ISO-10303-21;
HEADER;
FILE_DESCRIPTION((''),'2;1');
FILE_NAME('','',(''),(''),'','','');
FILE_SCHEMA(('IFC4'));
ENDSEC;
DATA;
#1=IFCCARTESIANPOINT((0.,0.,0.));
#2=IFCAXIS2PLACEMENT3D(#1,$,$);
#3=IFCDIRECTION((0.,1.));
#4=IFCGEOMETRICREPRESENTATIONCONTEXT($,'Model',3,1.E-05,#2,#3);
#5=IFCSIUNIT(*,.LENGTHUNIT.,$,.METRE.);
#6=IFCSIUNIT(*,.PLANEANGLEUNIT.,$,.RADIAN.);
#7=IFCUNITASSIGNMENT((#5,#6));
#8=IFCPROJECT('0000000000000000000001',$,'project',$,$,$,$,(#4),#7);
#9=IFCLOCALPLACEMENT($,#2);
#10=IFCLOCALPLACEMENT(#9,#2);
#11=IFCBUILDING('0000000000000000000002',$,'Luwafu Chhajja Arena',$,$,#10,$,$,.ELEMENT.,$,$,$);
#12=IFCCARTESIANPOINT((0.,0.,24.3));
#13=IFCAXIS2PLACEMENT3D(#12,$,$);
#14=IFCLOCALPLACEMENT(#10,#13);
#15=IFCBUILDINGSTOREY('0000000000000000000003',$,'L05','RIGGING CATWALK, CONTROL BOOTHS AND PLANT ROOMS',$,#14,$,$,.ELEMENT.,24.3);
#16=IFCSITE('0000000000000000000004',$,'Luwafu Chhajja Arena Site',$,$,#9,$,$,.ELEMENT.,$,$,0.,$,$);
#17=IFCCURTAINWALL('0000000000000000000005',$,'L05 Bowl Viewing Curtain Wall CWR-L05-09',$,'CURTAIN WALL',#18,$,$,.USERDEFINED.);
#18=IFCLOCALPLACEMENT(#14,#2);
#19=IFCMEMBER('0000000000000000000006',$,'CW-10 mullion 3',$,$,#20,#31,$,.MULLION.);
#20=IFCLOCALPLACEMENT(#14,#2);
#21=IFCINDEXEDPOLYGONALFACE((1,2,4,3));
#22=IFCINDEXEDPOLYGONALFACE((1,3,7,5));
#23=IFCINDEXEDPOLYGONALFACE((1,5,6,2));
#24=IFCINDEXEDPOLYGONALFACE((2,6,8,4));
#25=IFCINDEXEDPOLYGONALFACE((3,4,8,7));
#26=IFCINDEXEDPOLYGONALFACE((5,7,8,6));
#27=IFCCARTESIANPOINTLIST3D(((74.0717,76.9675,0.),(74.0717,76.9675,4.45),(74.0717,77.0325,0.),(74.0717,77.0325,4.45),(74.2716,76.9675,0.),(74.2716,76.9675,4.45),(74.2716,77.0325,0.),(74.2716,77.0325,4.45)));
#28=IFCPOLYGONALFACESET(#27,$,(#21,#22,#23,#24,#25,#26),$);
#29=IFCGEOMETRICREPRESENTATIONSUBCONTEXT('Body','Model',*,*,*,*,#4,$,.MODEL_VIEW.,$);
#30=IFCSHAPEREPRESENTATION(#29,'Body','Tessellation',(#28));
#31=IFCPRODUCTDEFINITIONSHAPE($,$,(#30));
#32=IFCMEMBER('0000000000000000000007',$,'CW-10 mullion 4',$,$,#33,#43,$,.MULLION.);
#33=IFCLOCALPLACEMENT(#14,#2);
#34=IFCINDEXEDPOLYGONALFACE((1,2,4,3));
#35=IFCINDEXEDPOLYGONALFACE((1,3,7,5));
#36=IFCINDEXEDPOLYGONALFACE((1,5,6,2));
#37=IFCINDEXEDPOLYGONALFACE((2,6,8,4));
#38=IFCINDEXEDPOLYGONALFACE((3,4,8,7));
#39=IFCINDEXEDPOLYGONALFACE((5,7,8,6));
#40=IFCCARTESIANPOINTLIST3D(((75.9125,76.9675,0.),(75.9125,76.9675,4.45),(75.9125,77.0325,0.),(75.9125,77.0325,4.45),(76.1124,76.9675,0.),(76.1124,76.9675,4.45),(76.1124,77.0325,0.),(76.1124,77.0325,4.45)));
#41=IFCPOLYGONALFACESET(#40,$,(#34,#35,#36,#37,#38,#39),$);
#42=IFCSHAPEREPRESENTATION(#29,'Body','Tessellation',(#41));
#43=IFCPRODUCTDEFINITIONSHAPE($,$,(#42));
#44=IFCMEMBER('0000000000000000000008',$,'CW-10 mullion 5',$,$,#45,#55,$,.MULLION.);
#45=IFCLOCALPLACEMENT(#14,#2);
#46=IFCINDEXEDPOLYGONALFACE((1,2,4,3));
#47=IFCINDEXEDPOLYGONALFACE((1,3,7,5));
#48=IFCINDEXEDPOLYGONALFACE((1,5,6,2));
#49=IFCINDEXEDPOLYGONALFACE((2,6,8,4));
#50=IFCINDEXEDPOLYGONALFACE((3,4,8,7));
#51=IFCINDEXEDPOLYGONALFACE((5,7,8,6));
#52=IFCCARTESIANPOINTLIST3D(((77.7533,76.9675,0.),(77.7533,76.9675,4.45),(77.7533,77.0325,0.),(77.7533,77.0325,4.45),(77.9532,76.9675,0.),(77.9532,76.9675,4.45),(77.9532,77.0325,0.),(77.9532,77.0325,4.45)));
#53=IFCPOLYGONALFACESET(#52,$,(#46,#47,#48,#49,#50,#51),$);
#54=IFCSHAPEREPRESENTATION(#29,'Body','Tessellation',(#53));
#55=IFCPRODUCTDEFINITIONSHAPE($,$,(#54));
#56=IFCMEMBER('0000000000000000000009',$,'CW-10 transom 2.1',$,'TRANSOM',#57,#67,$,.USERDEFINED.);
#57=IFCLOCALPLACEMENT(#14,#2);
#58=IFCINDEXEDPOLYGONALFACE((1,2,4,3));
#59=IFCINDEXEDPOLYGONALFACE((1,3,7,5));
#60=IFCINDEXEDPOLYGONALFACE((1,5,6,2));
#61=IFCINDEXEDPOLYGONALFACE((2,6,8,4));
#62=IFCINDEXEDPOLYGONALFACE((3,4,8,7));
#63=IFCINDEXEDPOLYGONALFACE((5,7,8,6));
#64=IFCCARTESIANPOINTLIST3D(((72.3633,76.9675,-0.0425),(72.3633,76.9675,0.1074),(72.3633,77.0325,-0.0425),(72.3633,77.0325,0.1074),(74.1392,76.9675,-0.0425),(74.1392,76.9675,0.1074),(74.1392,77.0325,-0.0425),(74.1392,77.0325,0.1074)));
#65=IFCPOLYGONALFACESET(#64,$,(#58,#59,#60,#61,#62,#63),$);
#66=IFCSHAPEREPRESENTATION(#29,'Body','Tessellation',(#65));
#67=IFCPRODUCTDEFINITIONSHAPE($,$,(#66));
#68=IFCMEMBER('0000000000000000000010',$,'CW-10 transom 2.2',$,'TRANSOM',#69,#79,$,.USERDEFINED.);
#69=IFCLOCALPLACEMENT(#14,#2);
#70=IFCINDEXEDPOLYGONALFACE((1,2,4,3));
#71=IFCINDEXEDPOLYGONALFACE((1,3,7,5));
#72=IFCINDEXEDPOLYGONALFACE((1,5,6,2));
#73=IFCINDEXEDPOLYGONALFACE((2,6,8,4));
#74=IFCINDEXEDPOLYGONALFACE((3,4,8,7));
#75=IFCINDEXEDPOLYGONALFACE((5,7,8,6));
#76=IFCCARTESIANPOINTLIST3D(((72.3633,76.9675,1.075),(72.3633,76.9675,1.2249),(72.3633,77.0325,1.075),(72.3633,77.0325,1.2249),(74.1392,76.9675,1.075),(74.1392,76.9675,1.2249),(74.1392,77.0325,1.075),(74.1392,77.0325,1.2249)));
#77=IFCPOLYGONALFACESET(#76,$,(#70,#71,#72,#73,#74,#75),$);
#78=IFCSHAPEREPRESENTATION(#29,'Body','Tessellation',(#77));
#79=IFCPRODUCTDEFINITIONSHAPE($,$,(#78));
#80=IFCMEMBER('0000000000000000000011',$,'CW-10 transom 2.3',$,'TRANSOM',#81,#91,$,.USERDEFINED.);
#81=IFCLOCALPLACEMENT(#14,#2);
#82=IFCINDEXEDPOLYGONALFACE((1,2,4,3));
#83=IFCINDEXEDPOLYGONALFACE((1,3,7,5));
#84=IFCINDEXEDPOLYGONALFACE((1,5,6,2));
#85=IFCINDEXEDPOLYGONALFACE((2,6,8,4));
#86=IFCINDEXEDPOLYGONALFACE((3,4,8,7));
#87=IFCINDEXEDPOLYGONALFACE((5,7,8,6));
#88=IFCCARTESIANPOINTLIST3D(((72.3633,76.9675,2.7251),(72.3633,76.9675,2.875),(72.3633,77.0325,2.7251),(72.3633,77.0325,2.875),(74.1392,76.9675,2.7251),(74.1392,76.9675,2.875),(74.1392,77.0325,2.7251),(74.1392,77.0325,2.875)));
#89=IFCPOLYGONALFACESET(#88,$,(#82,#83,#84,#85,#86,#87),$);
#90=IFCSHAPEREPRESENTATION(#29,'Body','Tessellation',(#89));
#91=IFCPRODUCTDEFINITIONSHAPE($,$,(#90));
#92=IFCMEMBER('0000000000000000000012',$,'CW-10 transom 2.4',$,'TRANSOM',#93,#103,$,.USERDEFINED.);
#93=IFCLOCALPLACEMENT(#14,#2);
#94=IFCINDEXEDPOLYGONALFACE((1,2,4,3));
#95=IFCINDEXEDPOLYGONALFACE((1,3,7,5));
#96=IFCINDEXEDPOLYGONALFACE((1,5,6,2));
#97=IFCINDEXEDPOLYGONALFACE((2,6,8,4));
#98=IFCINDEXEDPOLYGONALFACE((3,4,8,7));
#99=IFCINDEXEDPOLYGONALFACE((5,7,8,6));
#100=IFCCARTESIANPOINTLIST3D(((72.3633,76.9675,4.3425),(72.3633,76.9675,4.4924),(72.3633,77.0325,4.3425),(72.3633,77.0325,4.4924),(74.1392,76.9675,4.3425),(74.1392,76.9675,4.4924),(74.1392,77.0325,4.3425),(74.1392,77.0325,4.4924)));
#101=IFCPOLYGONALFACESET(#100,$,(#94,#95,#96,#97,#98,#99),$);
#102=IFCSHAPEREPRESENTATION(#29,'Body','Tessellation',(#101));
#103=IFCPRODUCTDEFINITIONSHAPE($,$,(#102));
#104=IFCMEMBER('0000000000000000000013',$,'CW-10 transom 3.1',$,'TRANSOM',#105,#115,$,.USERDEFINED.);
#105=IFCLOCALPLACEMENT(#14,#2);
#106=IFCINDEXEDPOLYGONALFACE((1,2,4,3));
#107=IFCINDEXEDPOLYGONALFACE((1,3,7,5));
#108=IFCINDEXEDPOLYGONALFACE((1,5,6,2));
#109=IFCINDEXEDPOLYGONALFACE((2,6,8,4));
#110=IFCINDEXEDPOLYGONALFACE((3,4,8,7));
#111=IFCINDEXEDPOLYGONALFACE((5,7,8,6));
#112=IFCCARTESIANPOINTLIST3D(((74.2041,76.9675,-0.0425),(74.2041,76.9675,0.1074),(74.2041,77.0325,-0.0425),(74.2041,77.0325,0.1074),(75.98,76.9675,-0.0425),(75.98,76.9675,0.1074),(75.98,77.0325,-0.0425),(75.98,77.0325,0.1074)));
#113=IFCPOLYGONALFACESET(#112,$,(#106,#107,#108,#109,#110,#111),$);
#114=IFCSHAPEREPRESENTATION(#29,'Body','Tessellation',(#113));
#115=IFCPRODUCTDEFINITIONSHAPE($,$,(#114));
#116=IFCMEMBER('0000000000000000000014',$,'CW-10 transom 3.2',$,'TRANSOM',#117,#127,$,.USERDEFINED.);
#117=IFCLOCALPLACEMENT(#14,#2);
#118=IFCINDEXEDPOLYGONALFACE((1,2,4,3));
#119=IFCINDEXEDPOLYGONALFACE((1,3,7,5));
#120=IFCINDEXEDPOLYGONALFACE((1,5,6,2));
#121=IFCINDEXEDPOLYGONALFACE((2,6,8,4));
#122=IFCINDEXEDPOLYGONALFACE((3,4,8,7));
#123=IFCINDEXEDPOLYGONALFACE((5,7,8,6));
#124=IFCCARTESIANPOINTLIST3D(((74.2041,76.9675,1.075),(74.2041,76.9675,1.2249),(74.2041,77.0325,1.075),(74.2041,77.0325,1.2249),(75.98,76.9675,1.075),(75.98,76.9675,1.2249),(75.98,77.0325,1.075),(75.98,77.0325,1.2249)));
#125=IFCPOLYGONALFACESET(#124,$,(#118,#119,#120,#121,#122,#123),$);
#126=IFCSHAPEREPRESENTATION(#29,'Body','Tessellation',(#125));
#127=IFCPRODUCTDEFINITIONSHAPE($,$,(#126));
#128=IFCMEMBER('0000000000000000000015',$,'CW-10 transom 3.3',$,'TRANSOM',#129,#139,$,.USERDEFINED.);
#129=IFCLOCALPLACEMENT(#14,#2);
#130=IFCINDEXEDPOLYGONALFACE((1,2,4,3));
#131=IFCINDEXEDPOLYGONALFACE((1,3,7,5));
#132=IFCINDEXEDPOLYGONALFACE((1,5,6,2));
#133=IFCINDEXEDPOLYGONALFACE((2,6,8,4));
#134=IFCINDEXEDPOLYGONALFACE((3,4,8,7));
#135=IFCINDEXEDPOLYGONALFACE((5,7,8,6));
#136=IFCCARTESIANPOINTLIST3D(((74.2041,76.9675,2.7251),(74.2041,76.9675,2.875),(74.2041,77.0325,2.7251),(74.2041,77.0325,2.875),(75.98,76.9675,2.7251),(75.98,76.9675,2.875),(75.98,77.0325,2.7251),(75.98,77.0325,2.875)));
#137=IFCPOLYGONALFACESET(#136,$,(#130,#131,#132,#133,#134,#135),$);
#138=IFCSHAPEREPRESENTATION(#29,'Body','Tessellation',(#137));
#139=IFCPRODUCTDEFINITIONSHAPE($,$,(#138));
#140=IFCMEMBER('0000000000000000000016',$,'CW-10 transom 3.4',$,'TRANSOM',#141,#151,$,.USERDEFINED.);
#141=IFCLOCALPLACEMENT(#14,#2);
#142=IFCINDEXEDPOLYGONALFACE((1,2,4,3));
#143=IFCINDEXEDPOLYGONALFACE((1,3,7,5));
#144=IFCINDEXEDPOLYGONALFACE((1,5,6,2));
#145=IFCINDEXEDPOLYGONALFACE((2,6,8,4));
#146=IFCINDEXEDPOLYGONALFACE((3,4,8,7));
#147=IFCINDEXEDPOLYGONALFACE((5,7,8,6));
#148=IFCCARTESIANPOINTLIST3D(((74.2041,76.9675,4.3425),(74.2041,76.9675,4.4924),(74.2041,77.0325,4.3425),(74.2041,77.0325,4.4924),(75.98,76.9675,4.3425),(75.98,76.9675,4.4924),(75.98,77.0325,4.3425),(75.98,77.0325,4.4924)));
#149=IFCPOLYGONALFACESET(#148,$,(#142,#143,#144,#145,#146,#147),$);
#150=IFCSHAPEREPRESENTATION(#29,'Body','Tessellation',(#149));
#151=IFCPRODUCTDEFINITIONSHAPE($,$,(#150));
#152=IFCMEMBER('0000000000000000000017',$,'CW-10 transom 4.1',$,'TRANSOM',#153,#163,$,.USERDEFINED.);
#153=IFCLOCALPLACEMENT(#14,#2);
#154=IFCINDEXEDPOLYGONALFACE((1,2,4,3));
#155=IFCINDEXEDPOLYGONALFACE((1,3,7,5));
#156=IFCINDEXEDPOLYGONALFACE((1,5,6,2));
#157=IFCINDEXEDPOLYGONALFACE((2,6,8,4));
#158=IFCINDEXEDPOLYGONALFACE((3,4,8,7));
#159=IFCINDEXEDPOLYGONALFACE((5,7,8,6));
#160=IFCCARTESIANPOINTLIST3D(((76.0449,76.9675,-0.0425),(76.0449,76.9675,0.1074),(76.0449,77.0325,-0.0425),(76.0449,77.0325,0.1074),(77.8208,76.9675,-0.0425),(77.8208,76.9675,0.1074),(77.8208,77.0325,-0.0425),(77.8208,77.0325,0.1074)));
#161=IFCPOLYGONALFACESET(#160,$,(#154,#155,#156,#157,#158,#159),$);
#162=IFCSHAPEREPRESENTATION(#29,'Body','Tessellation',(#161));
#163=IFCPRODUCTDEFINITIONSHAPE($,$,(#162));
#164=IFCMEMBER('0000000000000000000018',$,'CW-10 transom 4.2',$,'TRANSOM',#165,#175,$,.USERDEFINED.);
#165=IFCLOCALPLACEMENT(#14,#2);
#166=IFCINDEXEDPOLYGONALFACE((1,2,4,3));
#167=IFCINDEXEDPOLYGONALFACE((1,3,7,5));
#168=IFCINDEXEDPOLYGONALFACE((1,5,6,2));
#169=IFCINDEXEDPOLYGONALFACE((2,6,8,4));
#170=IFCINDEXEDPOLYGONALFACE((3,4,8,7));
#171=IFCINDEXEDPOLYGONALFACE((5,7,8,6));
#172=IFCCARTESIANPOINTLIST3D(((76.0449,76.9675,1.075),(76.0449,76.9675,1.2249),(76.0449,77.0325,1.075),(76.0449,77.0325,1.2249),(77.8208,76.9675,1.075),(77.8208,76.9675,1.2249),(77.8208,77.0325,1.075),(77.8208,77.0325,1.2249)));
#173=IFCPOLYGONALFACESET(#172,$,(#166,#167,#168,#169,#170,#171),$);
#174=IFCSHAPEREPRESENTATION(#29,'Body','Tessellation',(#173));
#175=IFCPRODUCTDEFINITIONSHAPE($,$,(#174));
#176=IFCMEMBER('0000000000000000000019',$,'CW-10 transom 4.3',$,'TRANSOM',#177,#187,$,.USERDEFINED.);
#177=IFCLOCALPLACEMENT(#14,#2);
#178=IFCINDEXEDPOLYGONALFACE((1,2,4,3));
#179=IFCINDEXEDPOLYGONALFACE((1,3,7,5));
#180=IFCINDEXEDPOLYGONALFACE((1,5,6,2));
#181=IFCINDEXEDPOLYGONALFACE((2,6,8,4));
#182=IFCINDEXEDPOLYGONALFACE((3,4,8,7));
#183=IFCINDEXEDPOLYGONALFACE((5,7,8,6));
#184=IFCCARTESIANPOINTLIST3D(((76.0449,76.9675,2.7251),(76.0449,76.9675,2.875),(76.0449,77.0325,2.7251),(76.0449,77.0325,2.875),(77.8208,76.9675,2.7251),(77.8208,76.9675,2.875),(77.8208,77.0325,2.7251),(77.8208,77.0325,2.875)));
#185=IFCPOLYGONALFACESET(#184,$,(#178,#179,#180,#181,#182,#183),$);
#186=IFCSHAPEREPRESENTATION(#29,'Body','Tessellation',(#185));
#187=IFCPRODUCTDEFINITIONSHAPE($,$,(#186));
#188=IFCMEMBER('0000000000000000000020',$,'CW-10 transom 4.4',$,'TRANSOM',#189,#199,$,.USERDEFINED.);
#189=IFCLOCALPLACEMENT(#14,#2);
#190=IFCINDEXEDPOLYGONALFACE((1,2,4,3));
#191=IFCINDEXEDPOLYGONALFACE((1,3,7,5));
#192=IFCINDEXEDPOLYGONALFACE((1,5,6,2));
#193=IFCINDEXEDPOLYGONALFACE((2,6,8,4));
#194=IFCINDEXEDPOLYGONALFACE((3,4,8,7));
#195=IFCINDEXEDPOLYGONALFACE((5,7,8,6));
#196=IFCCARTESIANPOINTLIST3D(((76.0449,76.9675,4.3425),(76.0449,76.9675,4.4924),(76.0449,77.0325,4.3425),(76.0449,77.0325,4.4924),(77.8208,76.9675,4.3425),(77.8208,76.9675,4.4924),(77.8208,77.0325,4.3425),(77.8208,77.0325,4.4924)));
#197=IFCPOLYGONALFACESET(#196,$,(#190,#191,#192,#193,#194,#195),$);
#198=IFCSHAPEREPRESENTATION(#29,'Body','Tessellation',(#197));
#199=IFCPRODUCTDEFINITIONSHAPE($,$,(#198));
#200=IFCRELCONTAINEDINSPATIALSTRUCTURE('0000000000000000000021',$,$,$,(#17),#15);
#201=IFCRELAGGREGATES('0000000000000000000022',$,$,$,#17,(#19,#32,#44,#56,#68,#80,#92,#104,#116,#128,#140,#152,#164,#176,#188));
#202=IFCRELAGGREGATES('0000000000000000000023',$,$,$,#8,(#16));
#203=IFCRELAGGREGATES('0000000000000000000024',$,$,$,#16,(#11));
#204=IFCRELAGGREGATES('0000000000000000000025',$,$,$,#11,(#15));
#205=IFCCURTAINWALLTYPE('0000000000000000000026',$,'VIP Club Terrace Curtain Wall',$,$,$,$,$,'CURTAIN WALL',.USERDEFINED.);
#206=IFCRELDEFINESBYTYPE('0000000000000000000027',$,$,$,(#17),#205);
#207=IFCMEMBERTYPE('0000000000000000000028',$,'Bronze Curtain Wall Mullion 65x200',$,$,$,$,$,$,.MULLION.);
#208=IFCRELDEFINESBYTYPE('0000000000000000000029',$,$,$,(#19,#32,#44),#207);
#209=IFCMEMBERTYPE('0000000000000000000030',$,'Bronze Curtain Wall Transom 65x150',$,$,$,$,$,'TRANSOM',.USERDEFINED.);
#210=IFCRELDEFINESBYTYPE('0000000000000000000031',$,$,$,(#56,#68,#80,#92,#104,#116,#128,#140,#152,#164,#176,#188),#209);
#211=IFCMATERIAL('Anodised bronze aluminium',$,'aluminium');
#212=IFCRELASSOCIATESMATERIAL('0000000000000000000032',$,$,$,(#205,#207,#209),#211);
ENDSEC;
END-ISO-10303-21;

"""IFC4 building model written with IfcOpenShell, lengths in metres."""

from ifc_helpers import new_model, si_unit, direction, frame, origin, origin_2d, place, context, subcontext, project, spatial, rectangle, extrude, material, material_profile, profile_set, type_object, element, aggregate, save


model = new_model("IFC4")

# Units and contexts
model_context = context("Model", 3, precision=1e-05, world=origin(), true_north=direction((0.0, 1.0)))
body_context = subcontext(model_context, "Body", "Model", "MODEL_VIEW")
ifc_project = project(units=[si_unit("LENGTHUNIT", "METRE"), si_unit("PLANEANGLEUNIT", "RADIAN")], contexts=[model_context])

# Site, building, storey
site_placement = place(None, origin())
site = spatial("IfcSite", under=ifc_project, at=site_placement, Name="Luwafu Chhajja Arena Site", CompositionType="ELEMENT", RefElevation=0.0)
building_placement = place(site_placement, origin())
building = spatial("IfcBuilding", under=site, at=building_placement, Name="Luwafu Chhajja Arena", CompositionType="ELEMENT")
storey_placement = place(building_placement, frame((0.0, 0.0, 24.3)))
storey = spatial("IfcBuildingStorey", under=building, at=storey_placement, Name="L05", Description="RIGGING CATWALK, CONTROL BOOTHS AND PLANT ROOMS", CompositionType="ELEMENT", Elevation=24.3)

# Curtain wall, members
ifc_material_1 = material(Name="Anodised bronze aluminium", Category="aluminium")
curtain_wall_type = type_object("IfcCurtainWallType", Name="VIP Club Terrace Curtain Wall", ElementType="CURTAIN WALL", PredefinedType="USERDEFINED", material=ifc_material_1)
curtain_wall_placement = place(storey_placement, origin())
curtain_wall = element("IfcCurtainWall", 1, at=curtain_wall_placement, inside=storey, type_object=curtain_wall_type, Name="L05 Bowl Viewing Curtain Wall CWR-L05-09", ObjectType="CURTAIN WALL", PredefinedType="USERDEFINED")
ifc_material_profile_1 = material_profile(ifc_material_1, rectangle(XDim=0.0649, YDim=0.2, at=origin_2d()), Name="CWM 65x200")
ifc_profile_set_1 = profile_set([ifc_material_profile_1], Name="Anodised bronze aluminium")
member_type_1 = type_object("IfcMemberType", Name="Bronze Curtain Wall Mullion 65x200", PredefinedType="MULLION", material=ifc_profile_set_1)
member_1_placement = place(storey_placement, frame((74.1716, 77.0, 0.0), z_axis=(0.0, 0.0, 1.0), x_axis=(0.0, 1.0, 0.0)))
member_1 = element("IfcMember", 2, at=member_1_placement, type_object=member_type_1, Name="CW-10 mullion 3", PredefinedType="MULLION", context=body_context, shape_type="SweptSolid", body=[
    extrude(rectangle(XDim=0.0649, YDim=0.2, at=origin_2d()), origin(), (0.0, 0.0, 1.0), 4.45),
])
member_2_placement = place(storey_placement, frame((76.0125, 77.0, 0.0), z_axis=(0.0, 0.0, 1.0), x_axis=(0.0, 1.0, 0.0)))
member_2 = element("IfcMember", 3, at=member_2_placement, type_object=member_type_1, Name="CW-10 mullion 4", PredefinedType="MULLION", context=body_context, shape_type="SweptSolid", body=[
    extrude(rectangle(XDim=0.0649, YDim=0.2, at=origin_2d()), origin(), (0.0, 0.0, 1.0), 4.45),
])
member_3_placement = place(storey_placement, frame((77.8533, 77.0, 0.0), z_axis=(0.0, 0.0, 1.0), x_axis=(0.0, 1.0, 0.0)))
member_3 = element("IfcMember", 4, at=member_3_placement, type_object=member_type_1, Name="CW-10 mullion 5", PredefinedType="MULLION", context=body_context, shape_type="SweptSolid", body=[
    extrude(rectangle(XDim=0.0649, YDim=0.2, at=origin_2d()), origin(), (0.0, 0.0, 1.0), 4.45),
])
ifc_material_profile_2 = material_profile(ifc_material_1, rectangle(XDim=0.0649, YDim=0.1499, at=origin_2d()), Name="CWT 65x150")
ifc_profile_set_2 = profile_set([ifc_material_profile_2], Name="Anodised bronze aluminium")
member_type_2 = type_object("IfcMemberType", Name="Bronze Curtain Wall Transom 65x150", ElementType="TRANSOM", PredefinedType="USERDEFINED", material=ifc_profile_set_2)
member_4_placement = place(storey_placement, frame((72.3633, 77.0, 0.0325), z_axis=(1.0, 0.0, 0.0), x_axis=(0.0, 1.0, 0.0)))
member_4 = element("IfcMember", 5, at=member_4_placement, type_object=member_type_2, Name="CW-10 transom 2.1", ObjectType="TRANSOM", PredefinedType="USERDEFINED", context=body_context, shape_type="SweptSolid", body=[
    extrude(rectangle(XDim=0.0649, YDim=0.1499, at=origin_2d()), origin(), (0.0, 0.0, 1.0), 1.7759),
])
member_5_placement = place(storey_placement, frame((72.3633, 77.0, 1.1499), z_axis=(1.0, 0.0, 0.0), x_axis=(0.0, 1.0, 0.0)))
member_5 = element("IfcMember", 6, at=member_5_placement, type_object=member_type_2, Name="CW-10 transom 2.2", ObjectType="TRANSOM", PredefinedType="USERDEFINED", context=body_context, shape_type="SweptSolid", body=[
    extrude(rectangle(XDim=0.0649, YDim=0.1499, at=origin_2d()), origin(), (0.0, 0.0, 1.0), 1.7759),
])
member_6_placement = place(storey_placement, frame((72.3633, 77.0, 2.8), z_axis=(1.0, 0.0, 0.0), x_axis=(0.0, 1.0, 0.0)))
member_6 = element("IfcMember", 7, at=member_6_placement, type_object=member_type_2, Name="CW-10 transom 2.3", ObjectType="TRANSOM", PredefinedType="USERDEFINED", context=body_context, shape_type="SweptSolid", body=[
    extrude(rectangle(XDim=0.0649, YDim=0.1499, at=origin_2d()), origin(), (0.0, 0.0, 1.0), 1.7759),
])
member_7_placement = place(storey_placement, frame((72.3633, 77.0, 4.4175), z_axis=(1.0, 0.0, 0.0), x_axis=(0.0, 1.0, 0.0)))
member_7 = element("IfcMember", 8, at=member_7_placement, type_object=member_type_2, Name="CW-10 transom 2.4", ObjectType="TRANSOM", PredefinedType="USERDEFINED", context=body_context, shape_type="SweptSolid", body=[
    extrude(rectangle(XDim=0.0649, YDim=0.1499, at=origin_2d()), origin(), (0.0, 0.0, 1.0), 1.7759),
])
member_8_placement = place(storey_placement, frame((74.2041, 77.0, 0.0325), z_axis=(1.0, 0.0, 0.0), x_axis=(0.0, 1.0, 0.0)))
member_8 = element("IfcMember", 9, at=member_8_placement, type_object=member_type_2, Name="CW-10 transom 3.1", ObjectType="TRANSOM", PredefinedType="USERDEFINED", context=body_context, shape_type="SweptSolid", body=[
    extrude(rectangle(XDim=0.0649, YDim=0.1499, at=origin_2d()), origin(), (0.0, 0.0, 1.0), 1.7759),
])
member_9_placement = place(storey_placement, frame((74.2041, 77.0, 1.1499), z_axis=(1.0, 0.0, 0.0), x_axis=(0.0, 1.0, 0.0)))
member_9 = element("IfcMember", 10, at=member_9_placement, type_object=member_type_2, Name="CW-10 transom 3.2", ObjectType="TRANSOM", PredefinedType="USERDEFINED", context=body_context, shape_type="SweptSolid", body=[
    extrude(rectangle(XDim=0.0649, YDim=0.1499, at=origin_2d()), origin(), (0.0, 0.0, 1.0), 1.7759),
])
member_10_placement = place(storey_placement, frame((74.2041, 77.0, 2.8), z_axis=(1.0, 0.0, 0.0), x_axis=(0.0, 1.0, 0.0)))
member_10 = element("IfcMember", 11, at=member_10_placement, type_object=member_type_2, Name="CW-10 transom 3.3", ObjectType="TRANSOM", PredefinedType="USERDEFINED", context=body_context, shape_type="SweptSolid", body=[
    extrude(rectangle(XDim=0.0649, YDim=0.1499, at=origin_2d()), origin(), (0.0, 0.0, 1.0), 1.7759),
])
member_11_placement = place(storey_placement, frame((74.2041, 77.0, 4.4175), z_axis=(1.0, 0.0, 0.0), x_axis=(0.0, 1.0, 0.0)))
member_11 = element("IfcMember", 12, at=member_11_placement, type_object=member_type_2, Name="CW-10 transom 3.4", ObjectType="TRANSOM", PredefinedType="USERDEFINED", context=body_context, shape_type="SweptSolid", body=[
    extrude(rectangle(XDim=0.0649, YDim=0.1499, at=origin_2d()), origin(), (0.0, 0.0, 1.0), 1.7759),
])
member_12_placement = place(storey_placement, frame((76.0449, 77.0, 0.0325), z_axis=(1.0, 0.0, 0.0), x_axis=(0.0, 1.0, 0.0)))
member_12 = element("IfcMember", 13, at=member_12_placement, type_object=member_type_2, Name="CW-10 transom 4.1", ObjectType="TRANSOM", PredefinedType="USERDEFINED", context=body_context, shape_type="SweptSolid", body=[
    extrude(rectangle(XDim=0.0649, YDim=0.1499, at=origin_2d()), origin(), (0.0, 0.0, 1.0), 1.7759),
])
member_13_placement = place(storey_placement, frame((76.0449, 77.0, 1.1499), z_axis=(1.0, 0.0, 0.0), x_axis=(0.0, 1.0, 0.0)))
member_13 = element("IfcMember", 14, at=member_13_placement, type_object=member_type_2, Name="CW-10 transom 4.2", ObjectType="TRANSOM", PredefinedType="USERDEFINED", context=body_context, shape_type="SweptSolid", body=[
    extrude(rectangle(XDim=0.0649, YDim=0.1499, at=origin_2d()), origin(), (0.0, 0.0, 1.0), 1.7759),
])
member_14_placement = place(storey_placement, frame((76.0449, 77.0, 2.8), z_axis=(1.0, 0.0, 0.0), x_axis=(0.0, 1.0, 0.0)))
member_14 = element("IfcMember", 15, at=member_14_placement, type_object=member_type_2, Name="CW-10 transom 4.3", ObjectType="TRANSOM", PredefinedType="USERDEFINED", context=body_context, shape_type="SweptSolid", body=[
    extrude(rectangle(XDim=0.0649, YDim=0.1499, at=origin_2d()), origin(), (0.0, 0.0, 1.0), 1.7759),
])
member_15_placement = place(storey_placement, frame((76.0449, 77.0, 4.4175), z_axis=(1.0, 0.0, 0.0), x_axis=(0.0, 1.0, 0.0)))
member_15 = element("IfcMember", 16, at=member_15_placement, type_object=member_type_2, Name="CW-10 transom 4.4", ObjectType="TRANSOM", PredefinedType="USERDEFINED", context=body_context, shape_type="SweptSolid", body=[
    extrude(rectangle(XDim=0.0649, YDim=0.1499, at=origin_2d()), origin(), (0.0, 0.0, 1.0), 1.7759),
])
aggregate(curtain_wall, [member_1, member_2, member_3, member_4, member_5, member_6, member_7, member_8, member_9, member_10, member_11, member_12, member_13, member_14, member_15])

save(model, "model.ifc")
